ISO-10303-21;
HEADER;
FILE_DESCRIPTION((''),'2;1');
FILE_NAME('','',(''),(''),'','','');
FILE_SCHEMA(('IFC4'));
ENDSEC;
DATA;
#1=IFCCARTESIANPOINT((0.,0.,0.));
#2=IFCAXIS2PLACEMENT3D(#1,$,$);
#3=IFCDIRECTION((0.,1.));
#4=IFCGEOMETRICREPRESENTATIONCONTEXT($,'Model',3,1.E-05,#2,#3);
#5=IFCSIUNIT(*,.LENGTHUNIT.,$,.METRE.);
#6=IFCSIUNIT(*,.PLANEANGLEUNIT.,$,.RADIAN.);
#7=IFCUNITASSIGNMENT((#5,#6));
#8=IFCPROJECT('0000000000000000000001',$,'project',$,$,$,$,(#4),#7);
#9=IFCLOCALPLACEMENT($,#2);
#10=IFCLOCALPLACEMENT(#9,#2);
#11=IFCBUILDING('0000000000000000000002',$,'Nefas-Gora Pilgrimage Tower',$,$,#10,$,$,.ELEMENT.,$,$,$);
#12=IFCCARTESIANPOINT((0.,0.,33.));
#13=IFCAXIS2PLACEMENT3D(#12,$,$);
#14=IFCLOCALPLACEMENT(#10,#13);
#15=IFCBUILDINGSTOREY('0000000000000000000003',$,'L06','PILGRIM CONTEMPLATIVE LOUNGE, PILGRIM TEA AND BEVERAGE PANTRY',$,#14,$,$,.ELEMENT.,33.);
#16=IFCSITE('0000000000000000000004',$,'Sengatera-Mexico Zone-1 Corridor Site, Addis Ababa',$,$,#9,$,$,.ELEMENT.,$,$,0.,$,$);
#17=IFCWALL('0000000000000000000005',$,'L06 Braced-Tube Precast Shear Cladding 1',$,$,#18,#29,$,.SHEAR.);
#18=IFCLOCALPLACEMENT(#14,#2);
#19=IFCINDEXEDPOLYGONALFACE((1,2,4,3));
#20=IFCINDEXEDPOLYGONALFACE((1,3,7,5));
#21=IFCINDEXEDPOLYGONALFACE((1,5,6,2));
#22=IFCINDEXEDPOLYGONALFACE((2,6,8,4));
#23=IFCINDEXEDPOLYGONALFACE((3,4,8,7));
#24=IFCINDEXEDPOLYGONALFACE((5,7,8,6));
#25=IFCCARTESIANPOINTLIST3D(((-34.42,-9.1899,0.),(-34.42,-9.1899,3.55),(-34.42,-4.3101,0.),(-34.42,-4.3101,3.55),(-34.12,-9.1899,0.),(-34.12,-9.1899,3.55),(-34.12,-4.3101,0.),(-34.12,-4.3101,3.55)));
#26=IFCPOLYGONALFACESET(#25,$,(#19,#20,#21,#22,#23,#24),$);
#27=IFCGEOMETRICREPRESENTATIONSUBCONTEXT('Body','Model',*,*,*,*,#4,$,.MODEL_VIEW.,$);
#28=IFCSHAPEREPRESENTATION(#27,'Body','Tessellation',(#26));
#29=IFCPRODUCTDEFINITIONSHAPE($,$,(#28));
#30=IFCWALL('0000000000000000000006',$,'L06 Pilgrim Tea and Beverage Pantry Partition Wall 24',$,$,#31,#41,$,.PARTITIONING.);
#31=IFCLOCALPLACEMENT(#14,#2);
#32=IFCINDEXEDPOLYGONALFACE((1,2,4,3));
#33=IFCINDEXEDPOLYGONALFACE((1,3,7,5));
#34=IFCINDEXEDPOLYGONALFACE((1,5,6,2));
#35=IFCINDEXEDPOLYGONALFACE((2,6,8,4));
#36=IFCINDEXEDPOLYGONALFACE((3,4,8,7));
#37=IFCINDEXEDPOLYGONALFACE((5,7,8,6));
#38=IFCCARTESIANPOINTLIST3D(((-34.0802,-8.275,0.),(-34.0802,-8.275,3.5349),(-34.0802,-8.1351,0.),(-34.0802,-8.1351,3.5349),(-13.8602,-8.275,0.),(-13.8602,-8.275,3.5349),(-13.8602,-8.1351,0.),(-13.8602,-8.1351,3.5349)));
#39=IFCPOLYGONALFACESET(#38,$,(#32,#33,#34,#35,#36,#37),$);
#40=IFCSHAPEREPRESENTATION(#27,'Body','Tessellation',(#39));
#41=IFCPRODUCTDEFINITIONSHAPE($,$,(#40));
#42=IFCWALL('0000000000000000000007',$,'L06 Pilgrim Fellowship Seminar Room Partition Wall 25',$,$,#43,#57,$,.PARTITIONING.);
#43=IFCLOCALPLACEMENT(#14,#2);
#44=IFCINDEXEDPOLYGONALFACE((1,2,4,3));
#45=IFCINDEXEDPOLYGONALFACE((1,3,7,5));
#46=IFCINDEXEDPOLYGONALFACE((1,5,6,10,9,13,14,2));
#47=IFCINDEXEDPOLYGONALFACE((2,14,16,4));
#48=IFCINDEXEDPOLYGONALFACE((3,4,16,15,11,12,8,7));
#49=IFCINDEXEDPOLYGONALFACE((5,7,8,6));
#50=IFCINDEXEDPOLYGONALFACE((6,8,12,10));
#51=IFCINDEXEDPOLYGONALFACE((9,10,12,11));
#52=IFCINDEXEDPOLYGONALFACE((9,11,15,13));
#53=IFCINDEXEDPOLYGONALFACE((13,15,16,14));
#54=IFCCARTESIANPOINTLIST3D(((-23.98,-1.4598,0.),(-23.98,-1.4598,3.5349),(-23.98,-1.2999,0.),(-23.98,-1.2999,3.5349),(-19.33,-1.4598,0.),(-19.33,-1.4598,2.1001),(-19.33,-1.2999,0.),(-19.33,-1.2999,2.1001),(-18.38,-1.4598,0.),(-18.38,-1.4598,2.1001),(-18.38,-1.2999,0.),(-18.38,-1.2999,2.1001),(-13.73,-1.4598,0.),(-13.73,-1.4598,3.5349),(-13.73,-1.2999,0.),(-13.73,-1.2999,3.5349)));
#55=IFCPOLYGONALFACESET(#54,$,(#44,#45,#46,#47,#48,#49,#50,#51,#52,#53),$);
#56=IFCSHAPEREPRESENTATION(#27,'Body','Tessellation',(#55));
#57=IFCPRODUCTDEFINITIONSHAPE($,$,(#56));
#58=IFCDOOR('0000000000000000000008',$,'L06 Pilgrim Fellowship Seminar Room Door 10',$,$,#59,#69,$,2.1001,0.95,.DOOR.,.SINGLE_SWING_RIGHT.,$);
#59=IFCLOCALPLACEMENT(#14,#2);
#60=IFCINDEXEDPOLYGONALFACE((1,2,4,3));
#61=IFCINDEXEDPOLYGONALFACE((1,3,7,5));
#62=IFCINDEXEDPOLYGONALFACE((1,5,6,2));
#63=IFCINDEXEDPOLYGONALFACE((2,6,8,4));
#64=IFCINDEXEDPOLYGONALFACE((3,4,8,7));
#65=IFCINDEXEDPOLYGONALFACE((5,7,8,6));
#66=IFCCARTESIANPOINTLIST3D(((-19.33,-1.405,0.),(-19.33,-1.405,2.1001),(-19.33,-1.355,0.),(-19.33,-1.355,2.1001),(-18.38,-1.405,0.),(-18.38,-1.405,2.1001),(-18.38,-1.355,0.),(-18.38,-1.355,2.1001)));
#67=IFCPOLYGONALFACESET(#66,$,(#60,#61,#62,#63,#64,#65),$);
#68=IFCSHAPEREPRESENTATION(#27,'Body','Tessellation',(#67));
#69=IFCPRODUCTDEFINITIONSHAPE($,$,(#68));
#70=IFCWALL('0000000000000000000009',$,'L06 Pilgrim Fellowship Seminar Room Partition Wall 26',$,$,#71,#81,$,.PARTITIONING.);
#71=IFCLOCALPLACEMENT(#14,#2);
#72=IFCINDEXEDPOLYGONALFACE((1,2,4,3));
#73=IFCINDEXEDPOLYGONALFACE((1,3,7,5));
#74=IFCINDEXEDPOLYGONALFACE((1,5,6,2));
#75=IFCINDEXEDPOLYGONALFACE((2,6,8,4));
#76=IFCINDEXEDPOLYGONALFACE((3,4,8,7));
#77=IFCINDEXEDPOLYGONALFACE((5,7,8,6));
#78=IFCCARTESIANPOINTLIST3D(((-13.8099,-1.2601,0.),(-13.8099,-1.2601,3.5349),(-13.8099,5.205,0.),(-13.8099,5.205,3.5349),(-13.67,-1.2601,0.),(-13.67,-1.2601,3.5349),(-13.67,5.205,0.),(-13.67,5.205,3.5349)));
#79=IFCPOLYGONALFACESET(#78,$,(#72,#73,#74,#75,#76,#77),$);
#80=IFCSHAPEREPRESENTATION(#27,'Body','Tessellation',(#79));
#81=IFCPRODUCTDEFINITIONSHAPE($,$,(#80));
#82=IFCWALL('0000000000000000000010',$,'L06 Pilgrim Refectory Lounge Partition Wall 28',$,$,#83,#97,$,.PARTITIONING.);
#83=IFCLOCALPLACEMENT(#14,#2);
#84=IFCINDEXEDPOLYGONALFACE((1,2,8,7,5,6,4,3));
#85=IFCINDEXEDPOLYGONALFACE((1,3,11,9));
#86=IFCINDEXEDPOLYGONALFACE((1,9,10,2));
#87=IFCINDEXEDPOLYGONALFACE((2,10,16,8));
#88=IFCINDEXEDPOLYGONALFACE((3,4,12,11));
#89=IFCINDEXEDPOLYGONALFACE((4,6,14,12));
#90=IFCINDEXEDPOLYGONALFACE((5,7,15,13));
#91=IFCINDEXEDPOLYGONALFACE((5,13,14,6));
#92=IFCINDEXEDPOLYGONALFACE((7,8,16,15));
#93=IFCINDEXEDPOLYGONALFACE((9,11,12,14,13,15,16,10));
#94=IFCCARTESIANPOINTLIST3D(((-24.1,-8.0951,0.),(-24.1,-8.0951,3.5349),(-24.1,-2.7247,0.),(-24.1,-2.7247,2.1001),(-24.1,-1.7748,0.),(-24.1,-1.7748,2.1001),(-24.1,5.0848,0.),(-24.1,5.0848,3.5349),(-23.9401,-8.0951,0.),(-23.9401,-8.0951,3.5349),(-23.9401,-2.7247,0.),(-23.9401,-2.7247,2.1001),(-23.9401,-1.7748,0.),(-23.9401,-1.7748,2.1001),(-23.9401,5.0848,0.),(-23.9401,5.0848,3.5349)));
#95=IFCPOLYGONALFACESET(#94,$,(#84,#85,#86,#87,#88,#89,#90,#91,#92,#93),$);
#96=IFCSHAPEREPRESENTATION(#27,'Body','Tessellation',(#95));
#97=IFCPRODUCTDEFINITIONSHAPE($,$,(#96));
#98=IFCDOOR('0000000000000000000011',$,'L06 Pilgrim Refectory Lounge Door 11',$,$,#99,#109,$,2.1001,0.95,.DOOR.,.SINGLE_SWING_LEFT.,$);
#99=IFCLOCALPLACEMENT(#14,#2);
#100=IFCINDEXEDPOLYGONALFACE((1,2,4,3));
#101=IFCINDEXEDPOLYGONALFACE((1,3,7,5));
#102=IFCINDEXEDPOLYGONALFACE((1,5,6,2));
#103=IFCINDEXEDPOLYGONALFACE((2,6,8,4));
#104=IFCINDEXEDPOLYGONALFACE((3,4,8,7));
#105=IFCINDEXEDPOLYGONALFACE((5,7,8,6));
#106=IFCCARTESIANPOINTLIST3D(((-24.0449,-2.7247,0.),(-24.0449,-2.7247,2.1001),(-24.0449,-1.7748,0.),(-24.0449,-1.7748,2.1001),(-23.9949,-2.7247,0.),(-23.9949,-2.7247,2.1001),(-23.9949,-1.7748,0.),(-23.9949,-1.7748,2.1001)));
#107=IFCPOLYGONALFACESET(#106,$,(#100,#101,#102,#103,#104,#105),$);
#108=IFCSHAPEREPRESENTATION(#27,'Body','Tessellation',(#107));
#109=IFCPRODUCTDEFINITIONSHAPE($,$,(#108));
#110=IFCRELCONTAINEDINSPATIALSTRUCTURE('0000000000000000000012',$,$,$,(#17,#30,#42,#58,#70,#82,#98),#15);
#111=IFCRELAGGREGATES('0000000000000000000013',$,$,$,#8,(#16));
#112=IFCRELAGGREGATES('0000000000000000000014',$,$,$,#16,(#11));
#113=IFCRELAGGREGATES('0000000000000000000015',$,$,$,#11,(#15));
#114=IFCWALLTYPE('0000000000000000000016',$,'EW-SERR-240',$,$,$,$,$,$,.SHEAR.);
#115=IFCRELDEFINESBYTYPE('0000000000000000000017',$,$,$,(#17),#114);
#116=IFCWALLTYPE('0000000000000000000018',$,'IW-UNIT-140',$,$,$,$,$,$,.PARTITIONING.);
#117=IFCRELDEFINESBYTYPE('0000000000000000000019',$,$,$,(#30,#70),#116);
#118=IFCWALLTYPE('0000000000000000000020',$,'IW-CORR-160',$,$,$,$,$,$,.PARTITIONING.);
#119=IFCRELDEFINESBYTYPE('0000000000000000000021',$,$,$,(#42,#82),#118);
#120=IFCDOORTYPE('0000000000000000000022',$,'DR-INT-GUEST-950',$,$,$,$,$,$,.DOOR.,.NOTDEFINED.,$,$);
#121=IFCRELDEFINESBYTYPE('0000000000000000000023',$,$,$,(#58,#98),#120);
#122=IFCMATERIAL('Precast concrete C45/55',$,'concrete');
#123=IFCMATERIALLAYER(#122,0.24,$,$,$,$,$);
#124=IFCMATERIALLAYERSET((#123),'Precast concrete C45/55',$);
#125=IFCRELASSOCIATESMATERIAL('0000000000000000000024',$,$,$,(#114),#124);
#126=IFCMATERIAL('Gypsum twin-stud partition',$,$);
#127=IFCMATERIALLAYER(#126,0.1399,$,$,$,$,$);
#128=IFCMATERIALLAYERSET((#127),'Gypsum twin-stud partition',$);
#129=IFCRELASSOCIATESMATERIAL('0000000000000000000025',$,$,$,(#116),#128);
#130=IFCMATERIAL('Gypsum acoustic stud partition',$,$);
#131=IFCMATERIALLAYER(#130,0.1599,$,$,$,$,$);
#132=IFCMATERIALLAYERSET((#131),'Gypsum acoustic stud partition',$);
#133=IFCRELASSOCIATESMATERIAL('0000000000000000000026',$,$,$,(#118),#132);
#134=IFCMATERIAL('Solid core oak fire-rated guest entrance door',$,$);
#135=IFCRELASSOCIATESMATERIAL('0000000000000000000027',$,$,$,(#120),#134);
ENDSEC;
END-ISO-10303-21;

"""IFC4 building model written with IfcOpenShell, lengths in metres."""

from ifc_helpers import new_model, si_unit, direction, frame, frame_2d, origin, place, context, subcontext, project, spatial, rectangle, extrude, source, transform, mapped, material, layer, layer_set, type_object, element, fill, save


model = new_model("IFC4")

# Units and contexts
model_context = context("Model", 3, precision=1e-05, world=origin(), true_north=direction((0.0, 1.0)))
body_context = subcontext(model_context, "Body", "Model", "MODEL_VIEW")
ifc_project = project(units=[si_unit("LENGTHUNIT", "METRE"), si_unit("PLANEANGLEUNIT", "RADIAN")], contexts=[model_context])

# Site, building, storey
site_placement = place(None, origin())
site = spatial("IfcSite", under=ifc_project, at=site_placement, Name="Sengatera-Mexico Zone-1 Corridor Site, Addis Ababa", CompositionType="ELEMENT", RefElevation=0.0)
building_placement = place(site_placement, origin())
building = spatial("IfcBuilding", under=site, at=building_placement, Name="Nefas-Gora Pilgrimage Tower", CompositionType="ELEMENT")
storey_placement = place(building_placement, frame((0.0, 0.0, 33.0)))
storey = spatial("IfcBuildingStorey", under=building, at=storey_placement, Name="L06", Description="PILGRIM CONTEMPLATIVE LOUNGE, PILGRIM TEA AND BEVERAGE PANTRY", CompositionType="ELEMENT", Elevation=33.0)

# Walls
ifc_material_1 = material(Name="Precast concrete C45/55", Category="concrete")
ifc_layer_1 = layer(ifc_material_1, 0.24)
ifc_layer_set_1 = layer_set([ifc_layer_1], Name="Precast concrete C45/55")
wall_type_1 = type_object("IfcWallType", Name="EW-SERR-240", PredefinedType="SHEAR", material=ifc_layer_set_1)
shared_shape_1 = source(origin(), body_context, "Body", "SweptSolid", [
    extrude(rectangle(XDim=4.8799, YDim=0.3, at=frame_2d((2.4399, 0.0))), origin(), (0.0, 0.0, 1.0), 3.55),
])
wall_1_placement = place(storey_placement, frame((-34.27, -9.1899, 0.0), z_axis=(0.0, 0.0, 1.0), x_axis=(0.0, 1.0, 0.0)))
element("IfcWall", 1, at=wall_1_placement, inside=storey, type_object=wall_type_1, Name="L06 Braced-Tube Precast Shear Cladding 1", PredefinedType="SHEAR", context=body_context, shape_type="MappedRepresentation", body=[
    mapped(shared_shape_1, transform((0.0, 0.0, 0.0), x_axis=(1.0, 0.0, 0.0), y_axis=(0.0, 1.0, 0.0), z_axis=(0.0, 0.0, 1.0), scale=1.0)),
])
ifc_material_2 = material(Name="Gypsum twin-stud partition")
ifc_layer_2 = layer(ifc_material_2, 0.1399)
ifc_layer_set_2 = layer_set([ifc_layer_2], Name="Gypsum twin-stud partition")
wall_type_2 = type_object("IfcWallType", Name="IW-UNIT-140", PredefinedType="PARTITIONING", material=ifc_layer_set_2)
shared_shape_2 = source(origin(), body_context, "Body", "SweptSolid", [
    extrude(rectangle(XDim=20.22, YDim=0.1399, at=frame_2d((10.1099, 0.0))), origin(), (0.0, 0.0, 1.0), 3.5349),
])
wall_2_placement = place(storey_placement, frame((-34.0801, -8.2051, 0.0), z_axis=(0.0, 0.0, 1.0), x_axis=(1.0, 0.0, 0.0)))
element("IfcWall", 2, at=wall_2_placement, inside=storey, type_object=wall_type_2, Name="L06 Pilgrim Tea and Beverage Pantry Partition Wall 24", PredefinedType="PARTITIONING", context=body_context, shape_type="MappedRepresentation", body=[
    mapped(shared_shape_2, transform((0.0, 0.0, 0.0), x_axis=(1.0, 0.0, 0.0), y_axis=(0.0, 1.0, 0.0), z_axis=(0.0, 0.0, 1.0), scale=1.0)),
])

# Wall, opening, door
ifc_material_3 = material(Name="Gypsum acoustic stud partition")
ifc_layer_3 = layer(ifc_material_3, 0.1599)
ifc_layer_set_3 = layer_set([ifc_layer_3], Name="Gypsum acoustic stud partition")
wall_type_3 = type_object("IfcWallType", Name="IW-CORR-160", PredefinedType="PARTITIONING", material=ifc_layer_set_3)
shared_shape_3 = source(origin(), body_context, "Body", "SweptSolid", [
    extrude(rectangle(XDim=10.25, YDim=0.1599, at=frame_2d((5.125, 0.0))), origin(), (0.0, 0.0, 1.0), 3.5349),
])
wall_3_placement = place(storey_placement, frame((-23.98, -1.3799, 0.0), z_axis=(0.0, 0.0, 1.0), x_axis=(1.0, 0.0, 0.0)))
wall_3 = element("IfcWall", 3, at=wall_3_placement, inside=storey, type_object=wall_type_3, Name="L06 Pilgrim Fellowship Seminar Room Partition Wall 25", PredefinedType="PARTITIONING", context=body_context, shape_type="MappedRepresentation", body=[
    mapped(shared_shape_3, transform((0.0, 0.0, 0.0), x_axis=(1.0, 0.0, 0.0), y_axis=(0.0, 1.0, 0.0), z_axis=(0.0, 0.0, 1.0), scale=1.0)),
])
opening_1_placement = place(wall_3_placement, frame((4.6499, 0.0, 0.0)))
opening_1 = element("IfcOpeningElement", 4, at=opening_1_placement, cuts=wall_3, PredefinedType="OPENING", context=body_context, shape_type="SweptSolid", body=[
    extrude(rectangle(XDim=0.95, YDim=2.1001, at=frame_2d((0.4751, 1.05))), frame((0.0, 0.0898, 0.0), z_axis=(0.0, -1.0, 0.0), x_axis=(1.0, 0.0, 0.0)), (0.0, 0.0, 1.0), 0.1799),
])
ifc_material_4 = material(Name="Solid core oak fire-rated guest entrance door")
door_type = type_object("IfcDoorType", Name="DR-INT-GUEST-950", OperationType="NOTDEFINED", PredefinedType="DOOR", material=ifc_material_4)
shared_shape_4 = source(origin(), body_context, "Body", "SweptSolid", [
    extrude(rectangle(XDim=0.95, YDim=2.1001, at=frame_2d((0.4751, 1.05))), frame((0.0, 0.0249, 0.0), z_axis=(0.0, -1.0, 0.0), x_axis=(1.0, 0.0, 0.0)), (0.0, 0.0, 1.0), 0.05),
])
door_1_placement = place(opening_1_placement, origin())
door_1 = element("IfcDoor", 5, at=door_1_placement, inside=storey, type_object=door_type, Name="L06 Pilgrim Fellowship Seminar Room Door 10", OperationType="SINGLE_SWING_RIGHT", OverallHeight=2.1001, OverallWidth=0.95, PredefinedType="DOOR", context=body_context, shape_type="MappedRepresentation", body=[
    mapped(shared_shape_4, transform((0.0, 0.0, 0.0), x_axis=(1.0, 0.0, 0.0), y_axis=(0.0, 1.0, 0.0), z_axis=(0.0, 0.0, 1.0), scale=1.0)),
])
fill(opening_1, door_1)

# Wall
shared_shape_5 = source(origin(), body_context, "Body", "SweptSolid", [
    extrude(rectangle(XDim=6.4651, YDim=0.1399, at=frame_2d((3.2324, 0.0))), origin(), (0.0, 0.0, 1.0), 3.5349),
])
wall_4_placement = place(storey_placement, frame((-13.74, -1.26, 0.0), z_axis=(0.0, 0.0, 1.0), x_axis=(0.0, 1.0, 0.0)))
element("IfcWall", 6, at=wall_4_placement, inside=storey, type_object=wall_type_2, Name="L06 Pilgrim Fellowship Seminar Room Partition Wall 26", PredefinedType="PARTITIONING", context=body_context, shape_type="MappedRepresentation", body=[
    mapped(shared_shape_5, transform((0.0, 0.0, 0.0), x_axis=(1.0, 0.0, 0.0), y_axis=(0.0, 1.0, 0.0), z_axis=(0.0, 0.0, 1.0), scale=1.0)),
])

# Wall, opening, door
shared_shape_6 = source(origin(), body_context, "Body", "SweptSolid", [
    extrude(rectangle(XDim=13.1799, YDim=0.1599, at=frame_2d((6.5898, 0.0))), origin(), (0.0, 0.0, 1.0), 3.5349),
])
wall_5_placement = place(storey_placement, frame((-24.02, -8.095, 0.0), z_axis=(0.0, 0.0, 1.0), x_axis=(0.0, 1.0, 0.0)))
wall_5 = element("IfcWall", 7, at=wall_5_placement, inside=storey, type_object=wall_type_3, Name="L06 Pilgrim Refectory Lounge Partition Wall 28", PredefinedType="PARTITIONING", context=body_context, shape_type="MappedRepresentation", body=[
    mapped(shared_shape_6, transform((0.0, 0.0, 0.0), x_axis=(1.0, 0.0, 0.0), y_axis=(0.0, 1.0, 0.0), z_axis=(0.0, 0.0, 1.0), scale=1.0)),
])
opening_2_placement = place(wall_5_placement, frame((5.3701, 0.0, 0.0)))
opening_2 = element("IfcOpeningElement", 8, at=opening_2_placement, cuts=wall_5, PredefinedType="OPENING", context=body_context, shape_type="SweptSolid", body=[
    extrude(rectangle(XDim=0.95, YDim=2.1001, at=frame_2d((0.4751, 1.05))), frame((0.0, 0.0898, 0.0), z_axis=(0.0, -1.0, 0.0), x_axis=(1.0, 0.0, 0.0)), (0.0, 0.0, 1.0), 0.1799),
])
door_2_placement = place(opening_2_placement, origin())
door_2 = element("IfcDoor", 9, at=door_2_placement, inside=storey, type_object=door_type, Name="L06 Pilgrim Refectory Lounge Door 11", OperationType="SINGLE_SWING_LEFT", OverallHeight=2.1001, OverallWidth=0.95, PredefinedType="DOOR", context=body_context, shape_type="MappedRepresentation", body=[
    mapped(shared_shape_4, transform((0.0, 0.0, 0.0), x_axis=(1.0, 0.0, 0.0), y_axis=(0.0, 1.0, 0.0), z_axis=(0.0, 0.0, 1.0), scale=1.0)),
])
fill(opening_2, door_2)

save(model, "model.ifc")
